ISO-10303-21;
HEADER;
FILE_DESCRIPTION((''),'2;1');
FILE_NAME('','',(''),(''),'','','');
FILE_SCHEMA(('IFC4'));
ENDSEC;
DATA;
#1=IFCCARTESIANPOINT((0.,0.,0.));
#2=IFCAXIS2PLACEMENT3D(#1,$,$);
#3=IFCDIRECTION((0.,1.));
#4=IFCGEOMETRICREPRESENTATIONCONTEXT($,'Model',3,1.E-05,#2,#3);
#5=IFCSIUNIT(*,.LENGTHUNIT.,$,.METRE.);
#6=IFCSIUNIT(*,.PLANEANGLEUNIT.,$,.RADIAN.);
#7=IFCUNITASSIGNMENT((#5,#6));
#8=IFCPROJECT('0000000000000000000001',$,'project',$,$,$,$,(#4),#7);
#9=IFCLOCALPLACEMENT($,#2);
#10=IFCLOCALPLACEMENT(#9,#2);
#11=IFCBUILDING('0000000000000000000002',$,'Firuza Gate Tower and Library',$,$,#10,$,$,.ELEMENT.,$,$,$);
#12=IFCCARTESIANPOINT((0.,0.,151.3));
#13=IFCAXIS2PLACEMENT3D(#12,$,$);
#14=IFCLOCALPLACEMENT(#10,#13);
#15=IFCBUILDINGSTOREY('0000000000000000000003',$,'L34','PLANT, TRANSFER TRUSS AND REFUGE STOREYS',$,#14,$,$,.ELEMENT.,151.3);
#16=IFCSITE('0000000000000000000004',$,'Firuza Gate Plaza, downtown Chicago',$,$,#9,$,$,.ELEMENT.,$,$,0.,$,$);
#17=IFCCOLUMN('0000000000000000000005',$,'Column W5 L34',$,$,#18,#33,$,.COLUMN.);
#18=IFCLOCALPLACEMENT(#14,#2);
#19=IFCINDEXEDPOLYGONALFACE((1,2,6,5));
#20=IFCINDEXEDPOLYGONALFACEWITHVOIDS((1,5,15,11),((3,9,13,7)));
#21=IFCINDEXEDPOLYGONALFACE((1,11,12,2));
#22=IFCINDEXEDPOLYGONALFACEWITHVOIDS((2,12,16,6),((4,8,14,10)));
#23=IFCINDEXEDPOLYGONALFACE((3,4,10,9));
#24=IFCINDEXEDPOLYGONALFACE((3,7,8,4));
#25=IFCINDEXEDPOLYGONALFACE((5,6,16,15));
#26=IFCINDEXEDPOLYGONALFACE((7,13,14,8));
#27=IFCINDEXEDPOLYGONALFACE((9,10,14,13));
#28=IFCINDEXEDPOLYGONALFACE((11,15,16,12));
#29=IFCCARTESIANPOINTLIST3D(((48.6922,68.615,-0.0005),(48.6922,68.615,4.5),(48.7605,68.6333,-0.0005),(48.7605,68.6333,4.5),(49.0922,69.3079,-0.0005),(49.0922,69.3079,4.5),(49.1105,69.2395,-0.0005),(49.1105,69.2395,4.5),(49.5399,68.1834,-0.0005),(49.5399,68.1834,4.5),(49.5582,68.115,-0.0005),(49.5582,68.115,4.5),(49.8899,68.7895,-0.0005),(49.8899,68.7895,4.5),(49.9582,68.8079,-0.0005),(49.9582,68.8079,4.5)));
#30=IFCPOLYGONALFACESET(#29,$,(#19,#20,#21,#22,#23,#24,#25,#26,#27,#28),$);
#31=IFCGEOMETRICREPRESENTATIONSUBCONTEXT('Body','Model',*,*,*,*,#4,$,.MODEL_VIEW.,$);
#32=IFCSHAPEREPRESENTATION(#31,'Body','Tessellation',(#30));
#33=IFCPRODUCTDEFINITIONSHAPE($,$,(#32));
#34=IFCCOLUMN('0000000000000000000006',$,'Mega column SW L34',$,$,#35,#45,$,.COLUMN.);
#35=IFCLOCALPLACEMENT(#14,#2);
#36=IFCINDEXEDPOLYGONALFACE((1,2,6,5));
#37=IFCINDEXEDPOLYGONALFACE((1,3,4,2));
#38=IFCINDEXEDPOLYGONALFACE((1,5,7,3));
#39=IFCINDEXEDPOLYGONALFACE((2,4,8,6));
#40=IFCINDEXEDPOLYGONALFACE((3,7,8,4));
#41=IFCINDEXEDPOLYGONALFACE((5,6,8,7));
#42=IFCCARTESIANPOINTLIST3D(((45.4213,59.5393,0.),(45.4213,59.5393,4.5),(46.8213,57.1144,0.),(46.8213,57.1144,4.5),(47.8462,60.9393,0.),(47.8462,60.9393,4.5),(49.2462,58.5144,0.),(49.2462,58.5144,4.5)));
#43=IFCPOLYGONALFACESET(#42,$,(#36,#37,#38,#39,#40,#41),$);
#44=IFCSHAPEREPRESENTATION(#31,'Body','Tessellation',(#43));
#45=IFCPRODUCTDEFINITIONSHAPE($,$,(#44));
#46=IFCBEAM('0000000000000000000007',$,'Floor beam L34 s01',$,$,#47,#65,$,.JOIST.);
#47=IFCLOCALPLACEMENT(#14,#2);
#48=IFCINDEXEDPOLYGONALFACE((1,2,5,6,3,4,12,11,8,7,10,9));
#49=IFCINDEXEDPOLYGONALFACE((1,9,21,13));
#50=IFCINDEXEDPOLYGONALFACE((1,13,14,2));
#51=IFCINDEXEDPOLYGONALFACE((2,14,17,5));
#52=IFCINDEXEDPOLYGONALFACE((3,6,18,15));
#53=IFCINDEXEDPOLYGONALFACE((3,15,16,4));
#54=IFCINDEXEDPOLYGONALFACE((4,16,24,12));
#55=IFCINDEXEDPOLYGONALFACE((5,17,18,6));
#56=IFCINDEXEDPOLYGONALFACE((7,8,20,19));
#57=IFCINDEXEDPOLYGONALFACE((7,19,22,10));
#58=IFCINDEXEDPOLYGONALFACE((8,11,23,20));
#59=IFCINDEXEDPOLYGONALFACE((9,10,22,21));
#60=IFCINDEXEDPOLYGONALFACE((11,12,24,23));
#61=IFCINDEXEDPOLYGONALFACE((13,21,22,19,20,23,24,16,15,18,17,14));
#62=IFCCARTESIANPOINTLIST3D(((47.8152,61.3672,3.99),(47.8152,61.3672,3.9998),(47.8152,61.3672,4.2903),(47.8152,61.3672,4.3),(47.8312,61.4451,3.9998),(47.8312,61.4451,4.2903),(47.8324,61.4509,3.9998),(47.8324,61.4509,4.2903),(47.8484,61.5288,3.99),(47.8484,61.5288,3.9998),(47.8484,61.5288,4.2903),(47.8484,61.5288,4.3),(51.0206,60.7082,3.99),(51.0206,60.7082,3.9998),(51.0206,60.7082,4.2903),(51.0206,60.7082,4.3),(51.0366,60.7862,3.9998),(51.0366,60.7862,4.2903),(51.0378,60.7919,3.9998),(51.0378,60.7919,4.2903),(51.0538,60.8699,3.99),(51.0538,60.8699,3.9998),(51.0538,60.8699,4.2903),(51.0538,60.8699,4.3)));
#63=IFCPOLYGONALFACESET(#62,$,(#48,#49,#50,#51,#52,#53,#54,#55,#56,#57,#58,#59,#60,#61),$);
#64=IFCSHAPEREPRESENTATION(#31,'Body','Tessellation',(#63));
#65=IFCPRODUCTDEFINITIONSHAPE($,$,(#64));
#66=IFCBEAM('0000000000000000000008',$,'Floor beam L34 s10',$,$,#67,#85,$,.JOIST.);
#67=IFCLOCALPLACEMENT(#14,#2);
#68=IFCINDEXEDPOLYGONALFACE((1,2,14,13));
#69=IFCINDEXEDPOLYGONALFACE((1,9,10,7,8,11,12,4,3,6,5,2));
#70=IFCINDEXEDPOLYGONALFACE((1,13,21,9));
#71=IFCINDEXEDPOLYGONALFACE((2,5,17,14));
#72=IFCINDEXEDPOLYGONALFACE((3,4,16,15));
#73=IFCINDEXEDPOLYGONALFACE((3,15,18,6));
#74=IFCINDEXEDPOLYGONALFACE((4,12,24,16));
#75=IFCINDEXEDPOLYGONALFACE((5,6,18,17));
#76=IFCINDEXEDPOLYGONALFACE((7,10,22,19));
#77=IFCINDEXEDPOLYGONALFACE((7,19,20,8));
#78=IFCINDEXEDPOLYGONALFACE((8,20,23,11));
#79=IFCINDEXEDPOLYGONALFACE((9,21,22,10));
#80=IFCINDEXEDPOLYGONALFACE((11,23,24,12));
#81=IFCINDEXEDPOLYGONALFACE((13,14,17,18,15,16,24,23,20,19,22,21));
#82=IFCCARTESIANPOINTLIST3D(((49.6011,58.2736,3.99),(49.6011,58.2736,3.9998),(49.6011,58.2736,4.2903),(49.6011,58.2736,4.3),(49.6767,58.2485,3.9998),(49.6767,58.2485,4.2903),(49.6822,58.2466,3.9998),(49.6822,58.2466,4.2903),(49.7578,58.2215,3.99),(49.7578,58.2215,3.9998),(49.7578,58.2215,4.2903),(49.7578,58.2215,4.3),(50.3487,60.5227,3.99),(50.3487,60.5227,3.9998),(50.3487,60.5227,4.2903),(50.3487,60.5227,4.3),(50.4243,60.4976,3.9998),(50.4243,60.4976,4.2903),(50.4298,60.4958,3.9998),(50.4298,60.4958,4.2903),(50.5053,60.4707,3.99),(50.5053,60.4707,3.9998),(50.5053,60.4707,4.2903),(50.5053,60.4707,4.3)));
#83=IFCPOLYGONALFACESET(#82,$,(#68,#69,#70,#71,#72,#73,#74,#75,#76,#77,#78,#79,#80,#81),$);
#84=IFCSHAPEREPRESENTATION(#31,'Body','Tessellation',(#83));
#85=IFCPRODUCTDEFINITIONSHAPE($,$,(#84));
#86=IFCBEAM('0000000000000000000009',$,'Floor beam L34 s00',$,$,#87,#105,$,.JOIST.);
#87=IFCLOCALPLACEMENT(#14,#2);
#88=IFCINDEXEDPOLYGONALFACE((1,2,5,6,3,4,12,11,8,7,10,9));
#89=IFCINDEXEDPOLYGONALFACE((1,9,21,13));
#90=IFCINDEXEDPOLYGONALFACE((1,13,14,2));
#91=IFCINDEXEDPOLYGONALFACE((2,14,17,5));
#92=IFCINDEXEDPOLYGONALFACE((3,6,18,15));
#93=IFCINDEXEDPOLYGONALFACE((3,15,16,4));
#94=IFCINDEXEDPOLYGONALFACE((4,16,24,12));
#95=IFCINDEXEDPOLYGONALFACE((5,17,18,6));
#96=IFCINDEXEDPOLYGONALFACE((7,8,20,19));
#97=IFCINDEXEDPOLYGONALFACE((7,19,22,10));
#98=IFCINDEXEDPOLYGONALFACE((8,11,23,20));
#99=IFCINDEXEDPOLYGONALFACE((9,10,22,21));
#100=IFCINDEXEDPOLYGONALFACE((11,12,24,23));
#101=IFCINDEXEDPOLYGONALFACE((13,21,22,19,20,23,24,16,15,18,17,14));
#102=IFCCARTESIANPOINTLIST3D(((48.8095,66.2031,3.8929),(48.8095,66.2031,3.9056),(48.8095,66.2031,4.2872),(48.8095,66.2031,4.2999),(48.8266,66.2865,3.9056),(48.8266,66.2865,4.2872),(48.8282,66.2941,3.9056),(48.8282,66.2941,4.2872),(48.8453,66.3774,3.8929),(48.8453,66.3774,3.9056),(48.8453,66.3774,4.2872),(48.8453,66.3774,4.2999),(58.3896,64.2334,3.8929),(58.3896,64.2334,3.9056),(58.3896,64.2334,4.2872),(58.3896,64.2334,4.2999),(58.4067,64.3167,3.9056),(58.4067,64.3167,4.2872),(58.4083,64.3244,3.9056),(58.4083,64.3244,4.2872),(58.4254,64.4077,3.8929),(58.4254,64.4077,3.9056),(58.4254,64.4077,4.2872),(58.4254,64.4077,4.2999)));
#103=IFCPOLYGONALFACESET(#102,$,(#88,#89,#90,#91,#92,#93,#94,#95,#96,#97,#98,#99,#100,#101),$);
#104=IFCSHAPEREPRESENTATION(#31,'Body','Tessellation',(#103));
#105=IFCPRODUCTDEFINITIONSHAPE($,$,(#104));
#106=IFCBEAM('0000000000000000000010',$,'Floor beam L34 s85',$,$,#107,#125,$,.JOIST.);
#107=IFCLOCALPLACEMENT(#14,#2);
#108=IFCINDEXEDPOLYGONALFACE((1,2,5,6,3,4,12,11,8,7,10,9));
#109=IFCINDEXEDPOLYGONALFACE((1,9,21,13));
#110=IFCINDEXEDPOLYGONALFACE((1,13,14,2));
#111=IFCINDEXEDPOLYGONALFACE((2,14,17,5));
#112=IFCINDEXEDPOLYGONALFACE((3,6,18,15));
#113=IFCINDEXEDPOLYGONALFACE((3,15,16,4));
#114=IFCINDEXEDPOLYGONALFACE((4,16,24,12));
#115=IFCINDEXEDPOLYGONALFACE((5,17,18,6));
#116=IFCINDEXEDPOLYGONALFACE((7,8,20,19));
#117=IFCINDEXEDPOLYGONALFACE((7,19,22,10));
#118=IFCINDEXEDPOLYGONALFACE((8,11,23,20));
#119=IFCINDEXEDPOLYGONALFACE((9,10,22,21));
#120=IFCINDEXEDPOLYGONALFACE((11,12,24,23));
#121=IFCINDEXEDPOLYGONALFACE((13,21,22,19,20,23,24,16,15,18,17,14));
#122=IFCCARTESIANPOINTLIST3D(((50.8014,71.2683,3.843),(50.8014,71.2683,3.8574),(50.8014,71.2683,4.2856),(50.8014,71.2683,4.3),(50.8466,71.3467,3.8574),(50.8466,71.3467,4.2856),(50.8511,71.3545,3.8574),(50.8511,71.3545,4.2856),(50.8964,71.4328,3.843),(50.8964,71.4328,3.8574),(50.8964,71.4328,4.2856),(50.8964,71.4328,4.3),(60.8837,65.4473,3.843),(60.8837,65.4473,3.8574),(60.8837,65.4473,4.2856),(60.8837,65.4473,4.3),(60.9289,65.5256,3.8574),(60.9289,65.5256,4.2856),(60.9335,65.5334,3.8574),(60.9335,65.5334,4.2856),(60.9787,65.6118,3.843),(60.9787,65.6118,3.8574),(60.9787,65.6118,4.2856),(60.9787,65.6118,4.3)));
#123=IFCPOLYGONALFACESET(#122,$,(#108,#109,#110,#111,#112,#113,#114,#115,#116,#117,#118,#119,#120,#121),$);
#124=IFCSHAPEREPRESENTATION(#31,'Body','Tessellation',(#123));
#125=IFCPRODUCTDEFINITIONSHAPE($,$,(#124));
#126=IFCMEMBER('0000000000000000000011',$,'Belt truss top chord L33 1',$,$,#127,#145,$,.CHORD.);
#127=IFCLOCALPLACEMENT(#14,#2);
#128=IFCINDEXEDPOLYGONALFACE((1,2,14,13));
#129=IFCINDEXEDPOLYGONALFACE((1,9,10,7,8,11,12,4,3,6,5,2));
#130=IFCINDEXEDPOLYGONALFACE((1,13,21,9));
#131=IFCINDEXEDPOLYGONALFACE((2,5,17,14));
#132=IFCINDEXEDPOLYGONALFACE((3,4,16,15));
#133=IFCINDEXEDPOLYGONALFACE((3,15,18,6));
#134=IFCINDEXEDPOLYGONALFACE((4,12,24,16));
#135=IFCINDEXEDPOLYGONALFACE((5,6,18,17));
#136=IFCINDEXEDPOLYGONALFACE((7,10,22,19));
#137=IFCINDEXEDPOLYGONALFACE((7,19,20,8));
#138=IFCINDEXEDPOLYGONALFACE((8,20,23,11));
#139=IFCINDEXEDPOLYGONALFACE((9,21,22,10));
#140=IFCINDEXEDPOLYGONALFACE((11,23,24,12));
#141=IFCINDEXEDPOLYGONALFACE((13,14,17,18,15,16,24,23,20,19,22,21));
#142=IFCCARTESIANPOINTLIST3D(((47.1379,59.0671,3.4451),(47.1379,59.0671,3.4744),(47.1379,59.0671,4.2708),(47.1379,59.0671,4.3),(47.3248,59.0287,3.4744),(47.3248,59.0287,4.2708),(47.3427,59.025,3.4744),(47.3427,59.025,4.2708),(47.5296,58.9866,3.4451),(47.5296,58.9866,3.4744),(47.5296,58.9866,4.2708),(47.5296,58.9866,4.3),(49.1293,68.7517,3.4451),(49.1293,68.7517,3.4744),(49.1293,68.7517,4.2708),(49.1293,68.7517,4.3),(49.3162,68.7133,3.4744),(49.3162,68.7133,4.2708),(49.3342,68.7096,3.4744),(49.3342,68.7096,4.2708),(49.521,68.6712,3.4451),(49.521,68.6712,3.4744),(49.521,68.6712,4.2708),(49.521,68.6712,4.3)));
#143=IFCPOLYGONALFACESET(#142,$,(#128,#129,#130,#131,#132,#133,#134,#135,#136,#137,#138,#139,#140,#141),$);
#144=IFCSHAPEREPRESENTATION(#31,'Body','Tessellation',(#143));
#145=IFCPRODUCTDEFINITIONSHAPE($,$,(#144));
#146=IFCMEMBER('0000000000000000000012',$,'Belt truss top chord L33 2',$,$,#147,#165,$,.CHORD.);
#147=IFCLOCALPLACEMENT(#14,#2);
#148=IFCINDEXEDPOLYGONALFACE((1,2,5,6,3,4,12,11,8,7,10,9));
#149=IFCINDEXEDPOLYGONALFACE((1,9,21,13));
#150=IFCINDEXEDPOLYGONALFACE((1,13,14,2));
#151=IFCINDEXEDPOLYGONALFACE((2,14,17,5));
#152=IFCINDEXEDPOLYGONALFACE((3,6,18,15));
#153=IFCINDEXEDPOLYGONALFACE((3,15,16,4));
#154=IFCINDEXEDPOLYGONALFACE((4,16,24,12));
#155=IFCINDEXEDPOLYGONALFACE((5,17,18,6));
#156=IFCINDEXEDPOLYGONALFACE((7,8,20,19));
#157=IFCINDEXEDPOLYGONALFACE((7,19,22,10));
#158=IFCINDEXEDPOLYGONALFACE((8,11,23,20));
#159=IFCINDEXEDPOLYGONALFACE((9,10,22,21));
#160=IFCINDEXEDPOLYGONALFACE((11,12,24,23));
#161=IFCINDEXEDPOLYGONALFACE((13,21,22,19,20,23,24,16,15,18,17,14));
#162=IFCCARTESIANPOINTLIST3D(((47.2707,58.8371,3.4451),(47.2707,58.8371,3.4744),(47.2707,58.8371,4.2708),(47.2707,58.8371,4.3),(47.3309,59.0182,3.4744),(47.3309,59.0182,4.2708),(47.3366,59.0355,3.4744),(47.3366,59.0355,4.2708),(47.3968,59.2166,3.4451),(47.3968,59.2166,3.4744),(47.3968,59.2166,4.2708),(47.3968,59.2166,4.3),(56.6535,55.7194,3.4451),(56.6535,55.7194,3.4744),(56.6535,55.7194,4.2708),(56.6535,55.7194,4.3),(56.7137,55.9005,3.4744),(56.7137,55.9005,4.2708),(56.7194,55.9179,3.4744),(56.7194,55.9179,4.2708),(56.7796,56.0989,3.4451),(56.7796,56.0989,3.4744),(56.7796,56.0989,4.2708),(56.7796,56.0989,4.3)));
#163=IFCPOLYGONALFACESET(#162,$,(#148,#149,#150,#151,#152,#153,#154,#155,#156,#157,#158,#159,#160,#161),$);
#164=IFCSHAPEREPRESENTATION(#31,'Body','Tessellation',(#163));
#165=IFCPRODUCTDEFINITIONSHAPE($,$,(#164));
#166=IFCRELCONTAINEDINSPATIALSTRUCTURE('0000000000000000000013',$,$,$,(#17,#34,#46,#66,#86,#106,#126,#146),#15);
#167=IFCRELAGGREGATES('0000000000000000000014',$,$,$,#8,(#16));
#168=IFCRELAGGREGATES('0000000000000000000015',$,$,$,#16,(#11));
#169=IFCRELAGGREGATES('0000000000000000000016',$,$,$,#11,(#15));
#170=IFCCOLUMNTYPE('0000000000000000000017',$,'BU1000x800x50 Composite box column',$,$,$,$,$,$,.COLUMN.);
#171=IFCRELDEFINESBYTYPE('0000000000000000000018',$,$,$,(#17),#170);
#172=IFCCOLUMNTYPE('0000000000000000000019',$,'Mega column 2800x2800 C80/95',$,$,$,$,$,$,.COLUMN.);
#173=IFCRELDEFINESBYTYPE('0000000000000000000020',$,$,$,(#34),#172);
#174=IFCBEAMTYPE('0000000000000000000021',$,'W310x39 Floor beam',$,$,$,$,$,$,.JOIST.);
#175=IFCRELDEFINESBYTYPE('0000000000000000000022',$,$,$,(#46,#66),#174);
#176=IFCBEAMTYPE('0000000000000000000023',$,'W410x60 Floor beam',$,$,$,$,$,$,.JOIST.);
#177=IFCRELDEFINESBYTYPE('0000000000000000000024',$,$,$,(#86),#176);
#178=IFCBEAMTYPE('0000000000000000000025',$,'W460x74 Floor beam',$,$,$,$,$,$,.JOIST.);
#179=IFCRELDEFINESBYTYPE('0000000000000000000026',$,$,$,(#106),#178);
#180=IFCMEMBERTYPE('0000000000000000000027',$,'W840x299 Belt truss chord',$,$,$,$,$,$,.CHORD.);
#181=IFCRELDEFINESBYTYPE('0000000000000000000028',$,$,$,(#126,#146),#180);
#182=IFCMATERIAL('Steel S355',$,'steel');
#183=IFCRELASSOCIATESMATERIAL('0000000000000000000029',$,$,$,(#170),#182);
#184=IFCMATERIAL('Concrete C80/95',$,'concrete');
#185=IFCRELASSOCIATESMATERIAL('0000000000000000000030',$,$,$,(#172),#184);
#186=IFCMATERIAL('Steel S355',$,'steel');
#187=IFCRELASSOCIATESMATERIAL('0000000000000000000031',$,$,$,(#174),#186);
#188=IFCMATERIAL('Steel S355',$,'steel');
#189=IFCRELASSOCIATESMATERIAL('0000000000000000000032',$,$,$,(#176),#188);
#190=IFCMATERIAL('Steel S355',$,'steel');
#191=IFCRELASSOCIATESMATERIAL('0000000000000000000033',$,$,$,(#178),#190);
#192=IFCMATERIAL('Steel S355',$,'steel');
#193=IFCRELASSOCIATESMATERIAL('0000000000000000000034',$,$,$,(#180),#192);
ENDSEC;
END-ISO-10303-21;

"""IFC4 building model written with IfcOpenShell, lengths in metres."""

from ifc_helpers import new_model, si_unit, direction, frame, origin, origin_2d, place, context, subcontext, project, spatial, rectangle, hollow_rectangle, i_section, extrude, material, material_profile, profile_set, type_object, element, save


model = new_model("IFC4")

# Units and contexts
model_context = context("Model", 3, precision=1e-05, world=origin(), true_north=direction((0.0, 1.0)))
body_context = subcontext(model_context, "Body", "Model", "MODEL_VIEW")
ifc_project = project(units=[si_unit("LENGTHUNIT", "METRE"), si_unit("PLANEANGLEUNIT", "RADIAN")], contexts=[model_context])

# Site, building, storey
site_placement = place(None, origin())
site = spatial("IfcSite", under=ifc_project, at=site_placement, Name="Firuza Gate Plaza, downtown Chicago", CompositionType="ELEMENT", RefElevation=0.0)
building_placement = place(site_placement, origin())
building = spatial("IfcBuilding", under=site, at=building_placement, Name="Firuza Gate Tower and Library", CompositionType="ELEMENT")
storey_placement = place(building_placement, frame((0.0, 0.0, 151.3)))
storey = spatial("IfcBuildingStorey", under=building, at=storey_placement, Name="L34", Description="PLANT, TRANSFER TRUSS AND REFUGE STOREYS", CompositionType="ELEMENT", Elevation=151.3)

# Columns
ifc_material_1 = material(Name="Steel S355", Category="steel")
ifc_material_profile_1 = material_profile(ifc_material_1, hollow_rectangle(XDim=0.8, YDim=1.0, WallThickness=0.05, at=origin_2d()))
ifc_profile_set_1 = profile_set([ifc_material_profile_1], Name="Steel S355")
column_type_1 = type_object("IfcColumnType", Name="BU1000x800x50 Composite box column", PredefinedType="COLUMN", material=ifc_profile_set_1)
column_1_placement = place(storey_placement, frame((49.3252, 68.7114, -0.0005), z_axis=(0.0, 0.0, 1.0), x_axis=(-0.5, -0.866025, 0.0)))
element("IfcColumn", 1, at=column_1_placement, inside=storey, type_object=column_type_1, Name="Column W5 L34", PredefinedType="COLUMN", context=body_context, shape_type="SweptSolid", body=[
    extrude(hollow_rectangle(XDim=0.8, YDim=1.0, WallThickness=0.05, at=origin_2d()), origin(), (0.0, 0.0, 1.0), 4.5005),
])
ifc_material_2 = material(Name="Concrete C80/95", Category="concrete")
ifc_material_profile_2 = material_profile(ifc_material_2, rectangle(XDim=2.8, YDim=2.8, at=origin_2d()))
ifc_profile_set_2 = profile_set([ifc_material_profile_2], Name="Concrete C80/95")
column_type_2 = type_object("IfcColumnType", Name="Mega column 2800x2800 C80/95", PredefinedType="COLUMN", material=ifc_profile_set_2)
column_2_placement = place(storey_placement, frame((47.3337, 59.0269, 0.0), z_axis=(0.0, 0.0, 1.0), x_axis=(0.5, -0.866025, 0.0)))
element("IfcColumn", 2, at=column_2_placement, inside=storey, type_object=column_type_2, Name="Mega column SW L34", PredefinedType="COLUMN", context=body_context, shape_type="SweptSolid", body=[
    extrude(rectangle(XDim=2.8, YDim=2.8, at=origin_2d()), origin(), (0.0, 0.0, 1.0), 4.5),
])

# Beams
ifc_material_3 = material(Name="Steel S355", Category="steel")
ifc_material_profile_3 = material_profile(ifc_material_3, i_section(OverallWidth=0.165, OverallDepth=0.3101, WebThickness=0.0059, FlangeThickness=0.0098, at=origin_2d()))
ifc_profile_set_3 = profile_set([ifc_material_profile_3], Name="Steel S355")
beam_type_1 = type_object("IfcBeamType", Name="W310x39 Floor beam", PredefinedType="JOIST", material=ifc_profile_set_3)
beam_1_placement = place(storey_placement, frame((47.8318, 61.448, 4.145), z_axis=(0.979516, -0.201365, 0.0), x_axis=(0.201365, 0.979516, 0.0)))
element("IfcBeam", 3, at=beam_1_placement, inside=storey, type_object=beam_type_1, Name="Floor beam L34 s01", PredefinedType="JOIST", context=body_context, shape_type="SweptSolid", body=[
    extrude(i_section(OverallWidth=0.165, OverallDepth=0.3101, WebThickness=0.0059, FlangeThickness=0.0098, at=origin_2d()), origin(), (0.0, 0.0, 1.0), 3.2725),
])
beam_2_placement = place(storey_placement, frame((49.6794, 58.2476, 4.145), z_axis=(0.315424, 0.948951, 0.0), x_axis=(-0.948951, 0.315424, 0.0)))
element("IfcBeam", 4, at=beam_2_placement, inside=storey, type_object=beam_type_1, Name="Floor beam L34 s10", PredefinedType="JOIST", context=body_context, shape_type="SweptSolid", body=[
    extrude(i_section(OverallWidth=0.165, OverallDepth=0.3101, WebThickness=0.0059, FlangeThickness=0.0098, at=origin_2d()), origin(), (0.0, 0.0, 1.0), 2.3701),
])
ifc_material_4 = material(Name="Steel S355", Category="steel")
ifc_material_profile_4 = material_profile(ifc_material_4, i_section(OverallWidth=0.178, OverallDepth=0.407, WebThickness=0.0078, FlangeThickness=0.0127, at=origin_2d()))
ifc_profile_set_4 = profile_set([ifc_material_profile_4], Name="Steel S355")
beam_type_2 = type_object("IfcBeamType", Name="W410x60 Floor beam", PredefinedType="JOIST", material=ifc_profile_set_4)
beam_3_placement = place(storey_placement, frame((48.8274, 66.2903, 4.0964), z_axis=(0.97951, -0.201394, 0.0), x_axis=(0.201394, 0.97951, 0.0)))
element("IfcBeam", 5, at=beam_3_placement, inside=storey, type_object=beam_type_2, Name="Floor beam L34 s00", PredefinedType="JOIST", context=body_context, shape_type="SweptSolid", body=[
    extrude(i_section(OverallWidth=0.178, OverallDepth=0.407, WebThickness=0.0078, FlangeThickness=0.0127, at=origin_2d()), origin(), (0.0, 0.0, 1.0), 9.7805),
])
ifc_material_5 = material(Name="Steel S355", Category="steel")
ifc_material_profile_5 = material_profile(ifc_material_5, i_section(OverallWidth=0.1899, OverallDepth=0.457, WebThickness=0.009, FlangeThickness=0.0144, at=origin_2d()))
ifc_profile_set_5 = profile_set([ifc_material_profile_5], Name="Steel S355")
beam_type_3 = type_object("IfcBeamType", Name="W460x74 Floor beam", PredefinedType="JOIST", material=ifc_profile_set_5)
beam_4_placement = place(storey_placement, frame((50.8489, 71.3506, 4.0715), z_axis=(0.866024, -0.500003, 0.0), x_axis=(0.500003, 0.866024, 0.0)))
element("IfcBeam", 6, at=beam_4_placement, inside=storey, type_object=beam_type_3, Name="Floor beam L34 s85", PredefinedType="JOIST", context=body_context, shape_type="SweptSolid", body=[
    extrude(i_section(OverallWidth=0.1899, OverallDepth=0.457, WebThickness=0.009, FlangeThickness=0.0144, at=origin_2d()), origin(), (0.0, 0.0, 1.0), 11.6421),
])

# Members
ifc_material_6 = material(Name="Steel S355", Category="steel")
ifc_material_profile_6 = material_profile(ifc_material_6, i_section(OverallWidth=0.3999, OverallDepth=0.855, WebThickness=0.0183, FlangeThickness=0.0293, at=origin_2d()))
ifc_profile_set_6 = profile_set([ifc_material_profile_6], Name="Steel S355")
member_type = type_object("IfcMemberType", Name="W840x299 Belt truss chord", PredefinedType="CHORD", material=ifc_profile_set_6)
for number, where, z_axis, x_axis, name in (
    (7, (49.3252, 68.7114, 3.8726), (-0.201417, -0.979505, 0.0), (0.979505, -0.201417, 0.0), "Belt truss top chord L33 1"),
    (8, (47.3337, 59.0269, 3.8726), (0.948984, -0.315324, 0.0), (0.315324, 0.948984, 0.0), "Belt truss top chord L33 2"),
):
    element("IfcMember", number, at=place(storey_placement, frame(where, z_axis=z_axis, x_axis=x_axis)), inside=storey, type_object=member_type, Name=name, PredefinedType="CHORD", context=body_context, shape_type="SweptSolid", body=[
        extrude(i_section(OverallWidth=0.3999, OverallDepth=0.855, WebThickness=0.0183, FlangeThickness=0.0293, at=origin_2d()), origin(), (0.0, 0.0, 1.0), 9.8872),
    ])

save(model, "model.ifc")
